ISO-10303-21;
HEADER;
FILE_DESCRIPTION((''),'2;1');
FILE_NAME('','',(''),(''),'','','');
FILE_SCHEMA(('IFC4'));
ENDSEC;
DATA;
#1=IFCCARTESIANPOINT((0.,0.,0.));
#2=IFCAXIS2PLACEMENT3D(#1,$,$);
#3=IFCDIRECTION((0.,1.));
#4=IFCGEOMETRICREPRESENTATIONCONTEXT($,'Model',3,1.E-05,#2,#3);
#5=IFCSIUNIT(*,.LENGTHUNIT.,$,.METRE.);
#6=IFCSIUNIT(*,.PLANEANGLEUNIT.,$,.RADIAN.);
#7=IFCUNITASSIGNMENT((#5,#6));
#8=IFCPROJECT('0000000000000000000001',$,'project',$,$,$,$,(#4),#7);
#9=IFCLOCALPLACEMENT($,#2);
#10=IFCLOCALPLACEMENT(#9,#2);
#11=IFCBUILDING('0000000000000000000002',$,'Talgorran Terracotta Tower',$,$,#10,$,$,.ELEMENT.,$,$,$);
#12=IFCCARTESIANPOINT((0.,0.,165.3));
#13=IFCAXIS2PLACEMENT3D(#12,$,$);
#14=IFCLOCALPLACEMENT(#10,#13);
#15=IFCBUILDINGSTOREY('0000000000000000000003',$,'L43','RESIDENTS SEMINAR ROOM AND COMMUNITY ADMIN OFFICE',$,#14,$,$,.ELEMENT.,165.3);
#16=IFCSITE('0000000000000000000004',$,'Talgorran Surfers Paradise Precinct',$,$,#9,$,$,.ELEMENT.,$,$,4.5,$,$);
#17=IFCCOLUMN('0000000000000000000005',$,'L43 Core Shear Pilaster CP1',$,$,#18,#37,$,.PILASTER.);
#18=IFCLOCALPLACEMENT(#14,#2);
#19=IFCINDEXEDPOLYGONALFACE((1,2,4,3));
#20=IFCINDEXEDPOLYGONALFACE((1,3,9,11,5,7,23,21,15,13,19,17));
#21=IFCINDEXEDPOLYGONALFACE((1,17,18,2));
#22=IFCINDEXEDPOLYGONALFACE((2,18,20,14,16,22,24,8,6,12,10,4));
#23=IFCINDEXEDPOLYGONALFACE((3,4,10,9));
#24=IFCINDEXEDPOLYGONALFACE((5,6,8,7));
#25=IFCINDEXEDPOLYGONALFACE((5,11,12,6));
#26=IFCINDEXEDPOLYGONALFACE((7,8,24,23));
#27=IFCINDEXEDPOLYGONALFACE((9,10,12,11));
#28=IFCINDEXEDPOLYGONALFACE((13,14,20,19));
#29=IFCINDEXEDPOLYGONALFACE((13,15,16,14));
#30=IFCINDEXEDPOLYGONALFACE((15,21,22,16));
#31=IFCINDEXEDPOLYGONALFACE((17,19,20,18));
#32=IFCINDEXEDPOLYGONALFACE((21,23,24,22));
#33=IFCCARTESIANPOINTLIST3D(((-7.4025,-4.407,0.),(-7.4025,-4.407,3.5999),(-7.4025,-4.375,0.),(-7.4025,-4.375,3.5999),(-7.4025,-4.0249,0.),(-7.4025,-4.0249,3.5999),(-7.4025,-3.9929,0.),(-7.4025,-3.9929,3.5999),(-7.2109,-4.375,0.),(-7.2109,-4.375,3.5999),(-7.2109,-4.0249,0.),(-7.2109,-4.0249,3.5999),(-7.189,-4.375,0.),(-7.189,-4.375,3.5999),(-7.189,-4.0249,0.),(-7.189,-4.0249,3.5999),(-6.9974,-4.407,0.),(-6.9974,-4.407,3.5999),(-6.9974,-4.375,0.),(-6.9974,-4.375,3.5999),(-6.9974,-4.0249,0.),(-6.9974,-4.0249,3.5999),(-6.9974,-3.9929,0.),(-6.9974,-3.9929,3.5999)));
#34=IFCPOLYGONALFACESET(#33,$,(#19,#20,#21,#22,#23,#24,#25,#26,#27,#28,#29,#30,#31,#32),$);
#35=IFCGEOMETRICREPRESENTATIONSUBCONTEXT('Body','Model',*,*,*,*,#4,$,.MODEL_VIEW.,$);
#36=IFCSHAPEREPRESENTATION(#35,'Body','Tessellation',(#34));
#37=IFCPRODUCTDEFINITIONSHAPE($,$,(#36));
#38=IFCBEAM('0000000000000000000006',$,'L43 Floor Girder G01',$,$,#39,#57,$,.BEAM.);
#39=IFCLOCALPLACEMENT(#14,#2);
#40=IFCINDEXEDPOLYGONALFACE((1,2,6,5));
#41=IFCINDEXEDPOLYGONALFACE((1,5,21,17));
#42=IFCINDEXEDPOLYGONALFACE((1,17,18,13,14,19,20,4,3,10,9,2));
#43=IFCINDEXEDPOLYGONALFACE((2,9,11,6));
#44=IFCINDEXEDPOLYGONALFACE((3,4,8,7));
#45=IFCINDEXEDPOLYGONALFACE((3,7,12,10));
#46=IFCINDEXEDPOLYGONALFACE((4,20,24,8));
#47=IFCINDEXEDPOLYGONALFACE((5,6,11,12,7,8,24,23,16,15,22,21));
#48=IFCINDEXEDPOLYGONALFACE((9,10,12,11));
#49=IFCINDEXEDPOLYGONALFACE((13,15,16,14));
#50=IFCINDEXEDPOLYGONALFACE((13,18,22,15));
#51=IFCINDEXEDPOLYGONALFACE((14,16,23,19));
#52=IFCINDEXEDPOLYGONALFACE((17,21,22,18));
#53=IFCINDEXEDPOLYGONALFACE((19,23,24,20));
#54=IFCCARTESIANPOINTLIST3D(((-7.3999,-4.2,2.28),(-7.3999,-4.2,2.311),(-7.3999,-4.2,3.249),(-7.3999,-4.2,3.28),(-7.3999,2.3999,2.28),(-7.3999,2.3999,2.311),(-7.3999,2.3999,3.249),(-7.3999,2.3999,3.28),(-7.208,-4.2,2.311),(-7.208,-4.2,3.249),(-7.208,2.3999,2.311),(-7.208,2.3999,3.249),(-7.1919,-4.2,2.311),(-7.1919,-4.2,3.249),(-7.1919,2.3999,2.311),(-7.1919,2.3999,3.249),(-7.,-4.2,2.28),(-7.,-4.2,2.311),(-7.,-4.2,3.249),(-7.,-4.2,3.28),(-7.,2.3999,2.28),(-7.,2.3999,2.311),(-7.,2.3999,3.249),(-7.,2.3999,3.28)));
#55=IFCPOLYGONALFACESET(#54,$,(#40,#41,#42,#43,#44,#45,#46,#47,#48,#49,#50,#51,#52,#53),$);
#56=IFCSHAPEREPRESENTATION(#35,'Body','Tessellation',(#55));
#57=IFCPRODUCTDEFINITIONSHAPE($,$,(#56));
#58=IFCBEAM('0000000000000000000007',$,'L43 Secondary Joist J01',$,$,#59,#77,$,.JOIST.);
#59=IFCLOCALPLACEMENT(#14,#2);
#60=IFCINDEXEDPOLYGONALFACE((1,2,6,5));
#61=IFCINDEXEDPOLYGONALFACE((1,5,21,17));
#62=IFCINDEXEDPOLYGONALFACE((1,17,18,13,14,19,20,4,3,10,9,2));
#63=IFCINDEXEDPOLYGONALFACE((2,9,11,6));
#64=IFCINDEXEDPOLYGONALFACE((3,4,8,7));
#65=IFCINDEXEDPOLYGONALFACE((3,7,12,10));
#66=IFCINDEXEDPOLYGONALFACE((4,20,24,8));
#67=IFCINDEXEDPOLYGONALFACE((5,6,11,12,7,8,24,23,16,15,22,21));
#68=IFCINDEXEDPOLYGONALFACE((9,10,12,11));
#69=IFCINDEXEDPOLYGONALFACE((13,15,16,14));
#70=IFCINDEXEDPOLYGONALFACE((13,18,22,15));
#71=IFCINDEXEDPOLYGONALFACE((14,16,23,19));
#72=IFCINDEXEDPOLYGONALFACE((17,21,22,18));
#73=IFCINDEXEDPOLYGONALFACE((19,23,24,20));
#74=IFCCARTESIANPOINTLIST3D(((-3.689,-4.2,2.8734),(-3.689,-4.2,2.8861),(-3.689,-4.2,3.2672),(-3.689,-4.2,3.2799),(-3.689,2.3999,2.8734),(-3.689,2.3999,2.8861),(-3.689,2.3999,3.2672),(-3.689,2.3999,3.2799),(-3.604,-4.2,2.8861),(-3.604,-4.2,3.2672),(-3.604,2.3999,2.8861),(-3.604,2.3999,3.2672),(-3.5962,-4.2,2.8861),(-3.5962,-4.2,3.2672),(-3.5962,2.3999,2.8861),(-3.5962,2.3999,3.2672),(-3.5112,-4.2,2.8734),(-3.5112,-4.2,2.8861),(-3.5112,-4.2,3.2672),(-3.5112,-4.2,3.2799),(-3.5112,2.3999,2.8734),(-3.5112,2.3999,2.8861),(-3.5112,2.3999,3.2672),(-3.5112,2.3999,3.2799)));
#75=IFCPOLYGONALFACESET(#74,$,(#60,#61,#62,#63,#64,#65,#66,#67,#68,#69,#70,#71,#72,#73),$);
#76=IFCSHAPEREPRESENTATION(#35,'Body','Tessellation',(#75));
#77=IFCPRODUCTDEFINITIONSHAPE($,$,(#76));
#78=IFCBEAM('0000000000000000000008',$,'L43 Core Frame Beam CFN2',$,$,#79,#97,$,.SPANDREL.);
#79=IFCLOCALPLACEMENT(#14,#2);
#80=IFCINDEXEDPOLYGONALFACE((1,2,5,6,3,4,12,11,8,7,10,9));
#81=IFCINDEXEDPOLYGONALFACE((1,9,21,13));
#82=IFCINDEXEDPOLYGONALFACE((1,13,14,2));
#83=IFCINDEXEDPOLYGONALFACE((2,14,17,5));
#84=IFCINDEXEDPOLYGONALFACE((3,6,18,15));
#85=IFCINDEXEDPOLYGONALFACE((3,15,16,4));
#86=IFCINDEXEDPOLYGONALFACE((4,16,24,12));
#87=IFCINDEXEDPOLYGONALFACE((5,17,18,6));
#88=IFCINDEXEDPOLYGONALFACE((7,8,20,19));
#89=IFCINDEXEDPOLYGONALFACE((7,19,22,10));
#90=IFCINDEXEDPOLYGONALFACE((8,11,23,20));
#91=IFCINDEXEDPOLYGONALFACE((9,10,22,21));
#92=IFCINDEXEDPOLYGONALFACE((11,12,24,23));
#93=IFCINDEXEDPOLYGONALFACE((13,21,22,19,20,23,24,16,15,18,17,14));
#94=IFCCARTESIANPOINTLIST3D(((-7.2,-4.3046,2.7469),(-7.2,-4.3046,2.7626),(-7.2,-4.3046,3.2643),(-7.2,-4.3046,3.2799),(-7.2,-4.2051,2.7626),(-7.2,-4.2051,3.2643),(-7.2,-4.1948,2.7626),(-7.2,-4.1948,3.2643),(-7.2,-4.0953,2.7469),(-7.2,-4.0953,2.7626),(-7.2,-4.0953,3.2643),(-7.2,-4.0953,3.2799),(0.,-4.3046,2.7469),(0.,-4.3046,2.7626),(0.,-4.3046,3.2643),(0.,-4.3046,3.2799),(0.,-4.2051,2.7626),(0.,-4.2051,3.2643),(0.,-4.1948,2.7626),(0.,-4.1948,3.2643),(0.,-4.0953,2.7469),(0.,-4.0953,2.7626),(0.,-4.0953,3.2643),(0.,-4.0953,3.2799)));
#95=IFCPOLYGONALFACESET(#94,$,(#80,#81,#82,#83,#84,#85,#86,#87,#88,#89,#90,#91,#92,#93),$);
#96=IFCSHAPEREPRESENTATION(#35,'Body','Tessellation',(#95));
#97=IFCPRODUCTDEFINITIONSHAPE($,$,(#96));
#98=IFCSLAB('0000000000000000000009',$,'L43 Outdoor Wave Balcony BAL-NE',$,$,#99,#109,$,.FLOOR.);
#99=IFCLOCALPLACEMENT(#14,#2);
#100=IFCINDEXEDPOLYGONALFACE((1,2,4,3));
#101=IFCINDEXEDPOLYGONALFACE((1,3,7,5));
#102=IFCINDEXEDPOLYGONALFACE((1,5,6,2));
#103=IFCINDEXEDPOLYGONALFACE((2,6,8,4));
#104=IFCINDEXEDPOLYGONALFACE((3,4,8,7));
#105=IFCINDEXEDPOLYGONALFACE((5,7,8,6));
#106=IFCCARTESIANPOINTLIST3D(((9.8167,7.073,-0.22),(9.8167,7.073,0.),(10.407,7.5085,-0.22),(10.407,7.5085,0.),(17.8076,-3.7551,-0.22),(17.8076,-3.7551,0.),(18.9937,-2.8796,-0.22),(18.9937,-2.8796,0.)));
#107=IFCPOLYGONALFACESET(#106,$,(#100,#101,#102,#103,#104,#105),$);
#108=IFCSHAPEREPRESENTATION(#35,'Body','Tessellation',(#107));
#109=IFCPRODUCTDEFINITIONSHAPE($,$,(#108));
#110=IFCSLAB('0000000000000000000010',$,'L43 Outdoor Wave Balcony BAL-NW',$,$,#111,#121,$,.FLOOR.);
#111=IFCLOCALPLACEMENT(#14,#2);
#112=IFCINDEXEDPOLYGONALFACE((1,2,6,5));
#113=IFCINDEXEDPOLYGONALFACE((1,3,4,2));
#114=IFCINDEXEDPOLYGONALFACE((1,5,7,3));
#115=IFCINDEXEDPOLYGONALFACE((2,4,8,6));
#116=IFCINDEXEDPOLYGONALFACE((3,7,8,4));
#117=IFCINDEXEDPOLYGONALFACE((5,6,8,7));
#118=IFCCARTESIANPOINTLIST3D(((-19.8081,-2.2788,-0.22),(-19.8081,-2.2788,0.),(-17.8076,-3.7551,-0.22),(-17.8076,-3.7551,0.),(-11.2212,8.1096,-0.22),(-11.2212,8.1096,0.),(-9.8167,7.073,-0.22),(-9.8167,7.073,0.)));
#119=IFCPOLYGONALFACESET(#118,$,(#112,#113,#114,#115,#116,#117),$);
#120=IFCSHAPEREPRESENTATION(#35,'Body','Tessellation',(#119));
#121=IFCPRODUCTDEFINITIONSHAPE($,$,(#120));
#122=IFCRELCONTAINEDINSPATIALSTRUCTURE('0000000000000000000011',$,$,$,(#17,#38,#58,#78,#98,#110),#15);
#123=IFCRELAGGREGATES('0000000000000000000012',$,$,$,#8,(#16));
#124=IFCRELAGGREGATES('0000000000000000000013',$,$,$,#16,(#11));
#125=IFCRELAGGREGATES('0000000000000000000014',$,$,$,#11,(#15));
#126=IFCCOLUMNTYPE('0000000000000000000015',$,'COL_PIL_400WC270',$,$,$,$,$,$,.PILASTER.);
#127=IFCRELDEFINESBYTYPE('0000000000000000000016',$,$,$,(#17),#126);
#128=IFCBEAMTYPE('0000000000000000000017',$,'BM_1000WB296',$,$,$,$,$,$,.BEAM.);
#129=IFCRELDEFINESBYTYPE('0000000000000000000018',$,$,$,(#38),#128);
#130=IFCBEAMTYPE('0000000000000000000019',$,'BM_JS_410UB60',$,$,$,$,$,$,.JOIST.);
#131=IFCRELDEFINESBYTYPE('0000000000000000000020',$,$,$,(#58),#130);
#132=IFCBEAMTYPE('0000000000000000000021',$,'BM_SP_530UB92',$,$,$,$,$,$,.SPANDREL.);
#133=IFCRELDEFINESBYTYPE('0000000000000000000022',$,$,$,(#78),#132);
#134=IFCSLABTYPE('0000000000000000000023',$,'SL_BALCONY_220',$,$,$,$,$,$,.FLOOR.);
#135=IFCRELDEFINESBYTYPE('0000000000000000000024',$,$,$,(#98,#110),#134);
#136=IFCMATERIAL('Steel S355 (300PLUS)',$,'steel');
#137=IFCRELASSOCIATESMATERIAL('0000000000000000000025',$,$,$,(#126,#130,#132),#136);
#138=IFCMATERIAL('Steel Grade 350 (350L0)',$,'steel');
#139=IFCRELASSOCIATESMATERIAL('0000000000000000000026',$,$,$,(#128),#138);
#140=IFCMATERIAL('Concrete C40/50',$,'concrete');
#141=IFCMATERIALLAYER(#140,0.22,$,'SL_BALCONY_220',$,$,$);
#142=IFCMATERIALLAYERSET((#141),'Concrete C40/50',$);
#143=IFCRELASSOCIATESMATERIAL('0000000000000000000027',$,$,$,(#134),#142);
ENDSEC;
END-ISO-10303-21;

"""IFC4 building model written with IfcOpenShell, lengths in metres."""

from ifc_helpers import new_model, si_unit, direction, frame, origin, origin_2d, place, context, subcontext, project, spatial, polyline, i_section, outline, extrude, material, layer, layer_set, material_profile, profile_set, type_object, element, save


model = new_model("IFC4")

# Units and contexts
model_context = context("Model", 3, precision=1e-05, world=origin(), true_north=direction((0.0, 1.0)))
body_context = subcontext(model_context, "Body", "Model", "MODEL_VIEW")
ifc_project = project(units=[si_unit("LENGTHUNIT", "METRE"), si_unit("PLANEANGLEUNIT", "RADIAN")], contexts=[model_context])

# Site, building, storey
site_placement = place(None, origin())
site = spatial("IfcSite", under=ifc_project, at=site_placement, Name="Talgorran Surfers Paradise Precinct", CompositionType="ELEMENT", RefElevation=4.5)
building_placement = place(site_placement, origin())
building = spatial("IfcBuilding", under=site, at=building_placement, Name="Talgorran Terracotta Tower", CompositionType="ELEMENT")
storey_placement = place(building_placement, frame((0.0, 0.0, 165.3)))
storey = spatial("IfcBuildingStorey", under=building, at=storey_placement, Name="L43", Description="RESIDENTS SEMINAR ROOM AND COMMUNITY ADMIN OFFICE", CompositionType="ELEMENT", Elevation=165.3)

# Column
ifc_material_1 = material(Name="Steel S355 (300PLUS)", Category="steel")
ifc_material_profile_1 = material_profile(ifc_material_1, i_section(OverallWidth=0.405, OverallDepth=0.4141, WebThickness=0.022, FlangeThickness=0.032, at=origin_2d()), Name="400WC270")
ifc_profile_set_1 = profile_set([ifc_material_profile_1], Name="Steel S355 (300PLUS)")
column_type = type_object("IfcColumnType", Name="COL_PIL_400WC270", PredefinedType="PILASTER", material=ifc_profile_set_1)
column_placement = place(storey_placement, frame((-7.2, -4.2, 0.0), z_axis=(0.0, 0.0, 1.0), x_axis=(1.0, 0.0, 0.0)))
element("IfcColumn", 1, at=column_placement, inside=storey, type_object=column_type, Name="L43 Core Shear Pilaster CP1", PredefinedType="PILASTER", context=body_context, shape_type="SweptSolid", body=[
    extrude(i_section(OverallWidth=0.405, OverallDepth=0.4141, WebThickness=0.022, FlangeThickness=0.032, at=origin_2d()), origin(), (0.0, 0.0, 1.0), 3.5999),
])

# Beams
ifc_material_2 = material(Name="Steel Grade 350 (350L0)", Category="steel")
ifc_material_profile_2 = material_profile(ifc_material_2, i_section(OverallWidth=0.3999, OverallDepth=1.0, WebThickness=0.0161, FlangeThickness=0.031, at=origin_2d()), Name="1000WB296")
ifc_profile_set_2 = profile_set([ifc_material_profile_2], Name="Steel Grade 350 (350L0)")
beam_type_1 = type_object("IfcBeamType", Name="BM_1000WB296", PredefinedType="BEAM", material=ifc_profile_set_2)
beam_1_placement = place(storey_placement, frame((-7.2, -4.2, 2.78), z_axis=(0.0, 1.0, 0.0), x_axis=(-1.0, 0.0, 0.0)))
element("IfcBeam", 2, at=beam_1_placement, inside=storey, type_object=beam_type_1, Name="L43 Floor Girder G01", PredefinedType="BEAM", context=body_context, shape_type="SweptSolid", body=[
    extrude(i_section(OverallWidth=0.3999, OverallDepth=1.0, WebThickness=0.0161, FlangeThickness=0.031, at=origin_2d()), origin(), (0.0, 0.0, 1.0), 6.5999),
])
ifc_material_profile_3 = material_profile(ifc_material_1, i_section(OverallWidth=0.1777, OverallDepth=0.4065, WebThickness=0.0078, FlangeThickness=0.0127, at=origin_2d()), Name="410UB59.7")
ifc_profile_set_3 = profile_set([ifc_material_profile_3], Name="Steel S355 (300PLUS)")
beam_type_2 = type_object("IfcBeamType", Name="BM_JS_410UB60", PredefinedType="JOIST", material=ifc_profile_set_3)
beam_2_placement = place(storey_placement, frame((-3.6001, -4.2, 3.0767), z_axis=(0.0, 1.0, 0.0), x_axis=(-1.0, 0.0, 0.0)))
element("IfcBeam", 3, at=beam_2_placement, inside=storey, type_object=beam_type_2, Name="L43 Secondary Joist J01", PredefinedType="JOIST", context=body_context, shape_type="SweptSolid", body=[
    extrude(i_section(OverallWidth=0.1777, OverallDepth=0.4065, WebThickness=0.0078, FlangeThickness=0.0127, at=origin_2d()), origin(), (0.0, 0.0, 1.0), 6.5999),
])
ifc_material_profile_4 = material_profile(ifc_material_1, i_section(OverallWidth=0.2092, OverallDepth=0.533, WebThickness=0.0103, FlangeThickness=0.0156, at=origin_2d()), Name="530UB92.4")
ifc_profile_set_4 = profile_set([ifc_material_profile_4], Name="Steel S355 (300PLUS)")
beam_type_3 = type_object("IfcBeamType", Name="BM_SP_530UB92", PredefinedType="SPANDREL", material=ifc_profile_set_4)
beam_3_placement = place(storey_placement, frame((-7.2, -4.2, 3.0134), z_axis=(1.0, 0.0, 0.0), x_axis=(0.0, 1.0, 0.0)))
element("IfcBeam", 4, at=beam_3_placement, inside=storey, type_object=beam_type_3, Name="L43 Core Frame Beam CFN2", PredefinedType="SPANDREL", context=body_context, shape_type="SweptSolid", body=[
    extrude(i_section(OverallWidth=0.2092, OverallDepth=0.533, WebThickness=0.0103, FlangeThickness=0.0156, at=origin_2d()), origin(), (0.0, 0.0, 1.0), 7.2),
])

# Slabs
ifc_material_3 = material(Name="Concrete C40/50", Category="concrete")
ifc_layer_1 = layer(ifc_material_3, 0.22, Name="SL_BALCONY_220")
ifc_layer_set_1 = layer_set([ifc_layer_1], Name="Concrete C40/50")
slab_type_1 = type_object("IfcSlabType", Name="SL_BALCONY_220", PredefinedType="FLOOR", material=ifc_layer_set_1)
slab_1_placement = place(storey_placement, frame((0.0, 0.0, -0.22)))
element("IfcSlab", 5, at=slab_1_placement, inside=storey, type_object=slab_type_1, Name="L43 Outdoor Wave Balcony BAL-NE", PredefinedType="FLOOR", context=body_context, shape_type="SweptSolid", body=[
    extrude(outline(polyline([(9.8167, 7.073), (17.8076, -3.7551), (18.9937, -2.8796), (10.407, 7.5085), (9.8167, 7.073)])), origin(), (0.0, 0.0, 1.0), 0.22),
])
slab_2_placement = place(storey_placement, frame((0.0, 0.0, -0.22)))
element("IfcSlab", 6, at=slab_2_placement, inside=storey, type_object=slab_type_1, Name="L43 Outdoor Wave Balcony BAL-NW", PredefinedType="FLOOR", context=body_context, shape_type="SweptSolid", body=[
    extrude(outline(polyline([(-17.8076, -3.7551), (-9.8167, 7.073), (-11.2212, 8.1096), (-19.8081, -2.2788), (-17.8076, -3.7551)])), origin(), (0.0, 0.0, 1.0), 0.22),
])

save(model, "model.ifc")
